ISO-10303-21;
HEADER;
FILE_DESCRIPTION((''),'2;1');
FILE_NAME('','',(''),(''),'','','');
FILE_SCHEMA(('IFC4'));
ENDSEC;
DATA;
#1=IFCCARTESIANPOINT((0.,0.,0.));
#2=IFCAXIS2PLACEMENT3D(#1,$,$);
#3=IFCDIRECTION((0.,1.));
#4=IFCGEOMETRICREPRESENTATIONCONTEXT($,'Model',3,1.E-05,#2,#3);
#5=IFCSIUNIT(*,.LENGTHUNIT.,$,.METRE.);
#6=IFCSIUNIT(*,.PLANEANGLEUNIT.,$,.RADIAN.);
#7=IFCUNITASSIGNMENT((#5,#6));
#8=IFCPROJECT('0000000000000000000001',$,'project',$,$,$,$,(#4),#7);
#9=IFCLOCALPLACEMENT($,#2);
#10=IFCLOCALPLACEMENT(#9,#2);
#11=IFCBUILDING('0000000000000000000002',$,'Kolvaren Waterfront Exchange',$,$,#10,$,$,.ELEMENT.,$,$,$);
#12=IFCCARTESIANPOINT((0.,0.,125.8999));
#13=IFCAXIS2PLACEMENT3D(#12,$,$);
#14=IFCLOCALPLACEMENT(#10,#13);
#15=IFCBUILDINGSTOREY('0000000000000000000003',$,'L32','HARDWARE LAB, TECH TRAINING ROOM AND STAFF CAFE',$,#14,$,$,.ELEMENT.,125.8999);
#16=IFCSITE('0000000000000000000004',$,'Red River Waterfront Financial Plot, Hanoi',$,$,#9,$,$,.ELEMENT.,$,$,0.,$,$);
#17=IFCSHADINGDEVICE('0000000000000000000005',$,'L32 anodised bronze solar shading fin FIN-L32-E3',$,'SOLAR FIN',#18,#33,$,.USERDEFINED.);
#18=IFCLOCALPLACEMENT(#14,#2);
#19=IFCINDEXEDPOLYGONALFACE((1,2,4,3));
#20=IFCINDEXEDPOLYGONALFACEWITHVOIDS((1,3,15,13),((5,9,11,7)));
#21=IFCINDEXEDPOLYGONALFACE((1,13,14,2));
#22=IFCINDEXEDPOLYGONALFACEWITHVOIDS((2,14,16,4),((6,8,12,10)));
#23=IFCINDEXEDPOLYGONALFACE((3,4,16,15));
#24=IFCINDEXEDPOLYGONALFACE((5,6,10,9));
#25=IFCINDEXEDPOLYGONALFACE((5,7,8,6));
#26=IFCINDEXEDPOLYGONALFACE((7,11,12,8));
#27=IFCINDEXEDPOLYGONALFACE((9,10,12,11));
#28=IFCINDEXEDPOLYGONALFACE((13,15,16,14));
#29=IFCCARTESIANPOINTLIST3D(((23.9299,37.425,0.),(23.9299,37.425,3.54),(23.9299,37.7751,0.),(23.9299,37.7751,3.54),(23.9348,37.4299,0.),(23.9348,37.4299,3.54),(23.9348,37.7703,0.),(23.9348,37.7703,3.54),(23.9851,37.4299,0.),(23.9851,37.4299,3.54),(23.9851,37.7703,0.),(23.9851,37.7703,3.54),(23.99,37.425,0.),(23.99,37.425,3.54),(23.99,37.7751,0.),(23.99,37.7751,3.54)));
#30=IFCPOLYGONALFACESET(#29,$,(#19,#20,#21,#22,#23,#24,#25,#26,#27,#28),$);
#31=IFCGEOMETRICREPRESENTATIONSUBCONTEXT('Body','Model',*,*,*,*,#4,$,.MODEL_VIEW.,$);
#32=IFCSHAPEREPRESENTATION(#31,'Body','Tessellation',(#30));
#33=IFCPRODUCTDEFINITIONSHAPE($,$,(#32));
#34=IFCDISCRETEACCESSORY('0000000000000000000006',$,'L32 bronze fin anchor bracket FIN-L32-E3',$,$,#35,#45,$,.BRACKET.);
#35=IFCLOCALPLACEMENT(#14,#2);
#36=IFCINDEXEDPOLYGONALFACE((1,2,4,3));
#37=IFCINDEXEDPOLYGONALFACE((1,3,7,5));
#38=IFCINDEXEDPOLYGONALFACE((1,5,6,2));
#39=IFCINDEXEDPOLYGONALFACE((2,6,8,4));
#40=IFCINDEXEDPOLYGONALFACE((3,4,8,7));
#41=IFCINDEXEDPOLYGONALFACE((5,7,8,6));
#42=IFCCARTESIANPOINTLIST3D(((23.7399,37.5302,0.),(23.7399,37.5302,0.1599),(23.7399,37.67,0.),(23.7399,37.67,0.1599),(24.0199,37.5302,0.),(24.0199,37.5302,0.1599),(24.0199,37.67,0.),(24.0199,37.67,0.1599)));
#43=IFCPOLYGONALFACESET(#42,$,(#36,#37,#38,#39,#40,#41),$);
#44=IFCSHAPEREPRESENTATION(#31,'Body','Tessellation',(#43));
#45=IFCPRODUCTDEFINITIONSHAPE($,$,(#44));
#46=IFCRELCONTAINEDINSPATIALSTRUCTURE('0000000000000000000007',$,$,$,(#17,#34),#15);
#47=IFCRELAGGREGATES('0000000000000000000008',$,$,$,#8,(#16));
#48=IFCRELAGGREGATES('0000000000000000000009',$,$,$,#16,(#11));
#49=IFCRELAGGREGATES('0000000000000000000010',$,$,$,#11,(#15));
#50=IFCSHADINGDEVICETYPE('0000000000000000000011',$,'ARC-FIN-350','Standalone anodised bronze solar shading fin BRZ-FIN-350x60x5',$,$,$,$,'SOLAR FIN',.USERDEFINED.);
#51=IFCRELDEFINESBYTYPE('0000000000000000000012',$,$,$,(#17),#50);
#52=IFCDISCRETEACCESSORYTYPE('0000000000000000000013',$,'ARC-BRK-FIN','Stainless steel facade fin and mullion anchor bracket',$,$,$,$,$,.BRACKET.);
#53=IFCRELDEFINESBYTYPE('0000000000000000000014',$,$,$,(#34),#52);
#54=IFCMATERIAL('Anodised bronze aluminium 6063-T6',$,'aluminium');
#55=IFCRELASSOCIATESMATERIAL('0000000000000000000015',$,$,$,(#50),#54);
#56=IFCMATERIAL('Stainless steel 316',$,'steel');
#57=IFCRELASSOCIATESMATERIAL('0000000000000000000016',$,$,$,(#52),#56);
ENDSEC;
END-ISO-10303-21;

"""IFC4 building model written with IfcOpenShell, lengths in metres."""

from ifc_helpers import new_model, si_unit, direction, frame, origin, origin_with_axes, origin_2d, place, context, subcontext, project, spatial, rectangle, hollow_rectangle, extrude, source, transform, mapped, material, material_profile, profile_set, type_object, element, save


model = new_model("IFC4")

# Units and contexts
model_context = context("Model", 3, precision=1e-05, world=origin(), true_north=direction((0.0, 1.0)))
body_context = subcontext(model_context, "Body", "Model", "MODEL_VIEW")
ifc_project = project(units=[si_unit("LENGTHUNIT", "METRE"), si_unit("PLANEANGLEUNIT", "RADIAN")], contexts=[model_context])

# Site, building, storey
site_placement = place(None, origin())
site = spatial("IfcSite", under=ifc_project, at=site_placement, Name="Red River Waterfront Financial Plot, Hanoi", CompositionType="ELEMENT", RefElevation=0.0)
building_placement = place(site_placement, origin())
building = spatial("IfcBuilding", under=site, at=building_placement, Name="Kolvaren Waterfront Exchange", CompositionType="ELEMENT")
storey_placement = place(building_placement, frame((0.0, 0.0, 125.8999)))
storey = spatial("IfcBuildingStorey", under=building, at=storey_placement, Name="L32", Description="HARDWARE LAB, TECH TRAINING ROOM AND STAFF CAFE", CompositionType="ELEMENT", Elevation=125.8999)

# Shared definitions
ifc_material_1 = material(Name="Anodised bronze aluminium 6063-T6", Category="aluminium")

# Shading device
ifc_material_profile_1 = material_profile(ifc_material_1, hollow_rectangle(XDim=0.0601, YDim=0.3501, WallThickness=0.0049, at=origin_2d()), Name="BRZ-FIN-350x60x5")
ifc_profile_set_1 = profile_set([ifc_material_profile_1], Name="Anodised bronze aluminium 6063-T6")
shading_device_type = type_object("IfcShadingDeviceType", Name="ARC-FIN-350", Description="Standalone anodised bronze solar shading fin BRZ-FIN-350x60x5", ElementType="SOLAR FIN", PredefinedType="USERDEFINED", material=ifc_profile_set_1)
shading_device_placement = place(storey_placement, frame((23.96, 37.6001, 0.0), z_axis=(0.0, 0.0, 1.0), x_axis=(1.0, 0.0, 0.0)))
element("IfcShadingDevice", 1, at=shading_device_placement, inside=storey, type_object=shading_device_type, Name="L32 anodised bronze solar shading fin FIN-L32-E3", ObjectType="SOLAR FIN", PredefinedType="USERDEFINED", context=body_context, shape_type="SweptSolid", body=[
    extrude(hollow_rectangle(XDim=0.0601, YDim=0.3501, WallThickness=0.0049, at=origin_2d()), origin(), (0.0, 0.0, 1.0), 3.54),
])

# Discrete accessory
ifc_material_2 = material(Name="Stainless steel 316", Category="steel")
discrete_accessory_type = type_object("IfcDiscreteAccessoryType", Name="ARC-BRK-FIN", Description="Stainless steel facade fin and mullion anchor bracket", PredefinedType="BRACKET", material=ifc_material_2)
shared_shape_1 = source(origin_with_axes(), body_context, "Body", "SweptSolid", [
    extrude(rectangle(XDim=0.28, YDim=0.1399, at=origin_2d()), origin(), (0.0, 0.0, 1.0), 0.1599),
])
discrete_accessory_placement = place(storey_placement, frame((23.8799, 37.6001, 0.0), z_axis=(0.0, 0.0, 1.0), x_axis=(1.0, 0.0, 0.0)))
element("IfcDiscreteAccessory", 2, at=discrete_accessory_placement, inside=storey, type_object=discrete_accessory_type, Name="L32 bronze fin anchor bracket FIN-L32-E3", PredefinedType="BRACKET", context=body_context, shape_type="MappedRepresentation", body=[
    mapped(shared_shape_1, transform((0.0, 0.0, 0.0), x_axis=(1.0, 0.0, 0.0), y_axis=(0.0, 1.0, 0.0), z_axis=(0.0, 0.0, 1.0), scale=1.0)),
])

save(model, "model.ifc")
